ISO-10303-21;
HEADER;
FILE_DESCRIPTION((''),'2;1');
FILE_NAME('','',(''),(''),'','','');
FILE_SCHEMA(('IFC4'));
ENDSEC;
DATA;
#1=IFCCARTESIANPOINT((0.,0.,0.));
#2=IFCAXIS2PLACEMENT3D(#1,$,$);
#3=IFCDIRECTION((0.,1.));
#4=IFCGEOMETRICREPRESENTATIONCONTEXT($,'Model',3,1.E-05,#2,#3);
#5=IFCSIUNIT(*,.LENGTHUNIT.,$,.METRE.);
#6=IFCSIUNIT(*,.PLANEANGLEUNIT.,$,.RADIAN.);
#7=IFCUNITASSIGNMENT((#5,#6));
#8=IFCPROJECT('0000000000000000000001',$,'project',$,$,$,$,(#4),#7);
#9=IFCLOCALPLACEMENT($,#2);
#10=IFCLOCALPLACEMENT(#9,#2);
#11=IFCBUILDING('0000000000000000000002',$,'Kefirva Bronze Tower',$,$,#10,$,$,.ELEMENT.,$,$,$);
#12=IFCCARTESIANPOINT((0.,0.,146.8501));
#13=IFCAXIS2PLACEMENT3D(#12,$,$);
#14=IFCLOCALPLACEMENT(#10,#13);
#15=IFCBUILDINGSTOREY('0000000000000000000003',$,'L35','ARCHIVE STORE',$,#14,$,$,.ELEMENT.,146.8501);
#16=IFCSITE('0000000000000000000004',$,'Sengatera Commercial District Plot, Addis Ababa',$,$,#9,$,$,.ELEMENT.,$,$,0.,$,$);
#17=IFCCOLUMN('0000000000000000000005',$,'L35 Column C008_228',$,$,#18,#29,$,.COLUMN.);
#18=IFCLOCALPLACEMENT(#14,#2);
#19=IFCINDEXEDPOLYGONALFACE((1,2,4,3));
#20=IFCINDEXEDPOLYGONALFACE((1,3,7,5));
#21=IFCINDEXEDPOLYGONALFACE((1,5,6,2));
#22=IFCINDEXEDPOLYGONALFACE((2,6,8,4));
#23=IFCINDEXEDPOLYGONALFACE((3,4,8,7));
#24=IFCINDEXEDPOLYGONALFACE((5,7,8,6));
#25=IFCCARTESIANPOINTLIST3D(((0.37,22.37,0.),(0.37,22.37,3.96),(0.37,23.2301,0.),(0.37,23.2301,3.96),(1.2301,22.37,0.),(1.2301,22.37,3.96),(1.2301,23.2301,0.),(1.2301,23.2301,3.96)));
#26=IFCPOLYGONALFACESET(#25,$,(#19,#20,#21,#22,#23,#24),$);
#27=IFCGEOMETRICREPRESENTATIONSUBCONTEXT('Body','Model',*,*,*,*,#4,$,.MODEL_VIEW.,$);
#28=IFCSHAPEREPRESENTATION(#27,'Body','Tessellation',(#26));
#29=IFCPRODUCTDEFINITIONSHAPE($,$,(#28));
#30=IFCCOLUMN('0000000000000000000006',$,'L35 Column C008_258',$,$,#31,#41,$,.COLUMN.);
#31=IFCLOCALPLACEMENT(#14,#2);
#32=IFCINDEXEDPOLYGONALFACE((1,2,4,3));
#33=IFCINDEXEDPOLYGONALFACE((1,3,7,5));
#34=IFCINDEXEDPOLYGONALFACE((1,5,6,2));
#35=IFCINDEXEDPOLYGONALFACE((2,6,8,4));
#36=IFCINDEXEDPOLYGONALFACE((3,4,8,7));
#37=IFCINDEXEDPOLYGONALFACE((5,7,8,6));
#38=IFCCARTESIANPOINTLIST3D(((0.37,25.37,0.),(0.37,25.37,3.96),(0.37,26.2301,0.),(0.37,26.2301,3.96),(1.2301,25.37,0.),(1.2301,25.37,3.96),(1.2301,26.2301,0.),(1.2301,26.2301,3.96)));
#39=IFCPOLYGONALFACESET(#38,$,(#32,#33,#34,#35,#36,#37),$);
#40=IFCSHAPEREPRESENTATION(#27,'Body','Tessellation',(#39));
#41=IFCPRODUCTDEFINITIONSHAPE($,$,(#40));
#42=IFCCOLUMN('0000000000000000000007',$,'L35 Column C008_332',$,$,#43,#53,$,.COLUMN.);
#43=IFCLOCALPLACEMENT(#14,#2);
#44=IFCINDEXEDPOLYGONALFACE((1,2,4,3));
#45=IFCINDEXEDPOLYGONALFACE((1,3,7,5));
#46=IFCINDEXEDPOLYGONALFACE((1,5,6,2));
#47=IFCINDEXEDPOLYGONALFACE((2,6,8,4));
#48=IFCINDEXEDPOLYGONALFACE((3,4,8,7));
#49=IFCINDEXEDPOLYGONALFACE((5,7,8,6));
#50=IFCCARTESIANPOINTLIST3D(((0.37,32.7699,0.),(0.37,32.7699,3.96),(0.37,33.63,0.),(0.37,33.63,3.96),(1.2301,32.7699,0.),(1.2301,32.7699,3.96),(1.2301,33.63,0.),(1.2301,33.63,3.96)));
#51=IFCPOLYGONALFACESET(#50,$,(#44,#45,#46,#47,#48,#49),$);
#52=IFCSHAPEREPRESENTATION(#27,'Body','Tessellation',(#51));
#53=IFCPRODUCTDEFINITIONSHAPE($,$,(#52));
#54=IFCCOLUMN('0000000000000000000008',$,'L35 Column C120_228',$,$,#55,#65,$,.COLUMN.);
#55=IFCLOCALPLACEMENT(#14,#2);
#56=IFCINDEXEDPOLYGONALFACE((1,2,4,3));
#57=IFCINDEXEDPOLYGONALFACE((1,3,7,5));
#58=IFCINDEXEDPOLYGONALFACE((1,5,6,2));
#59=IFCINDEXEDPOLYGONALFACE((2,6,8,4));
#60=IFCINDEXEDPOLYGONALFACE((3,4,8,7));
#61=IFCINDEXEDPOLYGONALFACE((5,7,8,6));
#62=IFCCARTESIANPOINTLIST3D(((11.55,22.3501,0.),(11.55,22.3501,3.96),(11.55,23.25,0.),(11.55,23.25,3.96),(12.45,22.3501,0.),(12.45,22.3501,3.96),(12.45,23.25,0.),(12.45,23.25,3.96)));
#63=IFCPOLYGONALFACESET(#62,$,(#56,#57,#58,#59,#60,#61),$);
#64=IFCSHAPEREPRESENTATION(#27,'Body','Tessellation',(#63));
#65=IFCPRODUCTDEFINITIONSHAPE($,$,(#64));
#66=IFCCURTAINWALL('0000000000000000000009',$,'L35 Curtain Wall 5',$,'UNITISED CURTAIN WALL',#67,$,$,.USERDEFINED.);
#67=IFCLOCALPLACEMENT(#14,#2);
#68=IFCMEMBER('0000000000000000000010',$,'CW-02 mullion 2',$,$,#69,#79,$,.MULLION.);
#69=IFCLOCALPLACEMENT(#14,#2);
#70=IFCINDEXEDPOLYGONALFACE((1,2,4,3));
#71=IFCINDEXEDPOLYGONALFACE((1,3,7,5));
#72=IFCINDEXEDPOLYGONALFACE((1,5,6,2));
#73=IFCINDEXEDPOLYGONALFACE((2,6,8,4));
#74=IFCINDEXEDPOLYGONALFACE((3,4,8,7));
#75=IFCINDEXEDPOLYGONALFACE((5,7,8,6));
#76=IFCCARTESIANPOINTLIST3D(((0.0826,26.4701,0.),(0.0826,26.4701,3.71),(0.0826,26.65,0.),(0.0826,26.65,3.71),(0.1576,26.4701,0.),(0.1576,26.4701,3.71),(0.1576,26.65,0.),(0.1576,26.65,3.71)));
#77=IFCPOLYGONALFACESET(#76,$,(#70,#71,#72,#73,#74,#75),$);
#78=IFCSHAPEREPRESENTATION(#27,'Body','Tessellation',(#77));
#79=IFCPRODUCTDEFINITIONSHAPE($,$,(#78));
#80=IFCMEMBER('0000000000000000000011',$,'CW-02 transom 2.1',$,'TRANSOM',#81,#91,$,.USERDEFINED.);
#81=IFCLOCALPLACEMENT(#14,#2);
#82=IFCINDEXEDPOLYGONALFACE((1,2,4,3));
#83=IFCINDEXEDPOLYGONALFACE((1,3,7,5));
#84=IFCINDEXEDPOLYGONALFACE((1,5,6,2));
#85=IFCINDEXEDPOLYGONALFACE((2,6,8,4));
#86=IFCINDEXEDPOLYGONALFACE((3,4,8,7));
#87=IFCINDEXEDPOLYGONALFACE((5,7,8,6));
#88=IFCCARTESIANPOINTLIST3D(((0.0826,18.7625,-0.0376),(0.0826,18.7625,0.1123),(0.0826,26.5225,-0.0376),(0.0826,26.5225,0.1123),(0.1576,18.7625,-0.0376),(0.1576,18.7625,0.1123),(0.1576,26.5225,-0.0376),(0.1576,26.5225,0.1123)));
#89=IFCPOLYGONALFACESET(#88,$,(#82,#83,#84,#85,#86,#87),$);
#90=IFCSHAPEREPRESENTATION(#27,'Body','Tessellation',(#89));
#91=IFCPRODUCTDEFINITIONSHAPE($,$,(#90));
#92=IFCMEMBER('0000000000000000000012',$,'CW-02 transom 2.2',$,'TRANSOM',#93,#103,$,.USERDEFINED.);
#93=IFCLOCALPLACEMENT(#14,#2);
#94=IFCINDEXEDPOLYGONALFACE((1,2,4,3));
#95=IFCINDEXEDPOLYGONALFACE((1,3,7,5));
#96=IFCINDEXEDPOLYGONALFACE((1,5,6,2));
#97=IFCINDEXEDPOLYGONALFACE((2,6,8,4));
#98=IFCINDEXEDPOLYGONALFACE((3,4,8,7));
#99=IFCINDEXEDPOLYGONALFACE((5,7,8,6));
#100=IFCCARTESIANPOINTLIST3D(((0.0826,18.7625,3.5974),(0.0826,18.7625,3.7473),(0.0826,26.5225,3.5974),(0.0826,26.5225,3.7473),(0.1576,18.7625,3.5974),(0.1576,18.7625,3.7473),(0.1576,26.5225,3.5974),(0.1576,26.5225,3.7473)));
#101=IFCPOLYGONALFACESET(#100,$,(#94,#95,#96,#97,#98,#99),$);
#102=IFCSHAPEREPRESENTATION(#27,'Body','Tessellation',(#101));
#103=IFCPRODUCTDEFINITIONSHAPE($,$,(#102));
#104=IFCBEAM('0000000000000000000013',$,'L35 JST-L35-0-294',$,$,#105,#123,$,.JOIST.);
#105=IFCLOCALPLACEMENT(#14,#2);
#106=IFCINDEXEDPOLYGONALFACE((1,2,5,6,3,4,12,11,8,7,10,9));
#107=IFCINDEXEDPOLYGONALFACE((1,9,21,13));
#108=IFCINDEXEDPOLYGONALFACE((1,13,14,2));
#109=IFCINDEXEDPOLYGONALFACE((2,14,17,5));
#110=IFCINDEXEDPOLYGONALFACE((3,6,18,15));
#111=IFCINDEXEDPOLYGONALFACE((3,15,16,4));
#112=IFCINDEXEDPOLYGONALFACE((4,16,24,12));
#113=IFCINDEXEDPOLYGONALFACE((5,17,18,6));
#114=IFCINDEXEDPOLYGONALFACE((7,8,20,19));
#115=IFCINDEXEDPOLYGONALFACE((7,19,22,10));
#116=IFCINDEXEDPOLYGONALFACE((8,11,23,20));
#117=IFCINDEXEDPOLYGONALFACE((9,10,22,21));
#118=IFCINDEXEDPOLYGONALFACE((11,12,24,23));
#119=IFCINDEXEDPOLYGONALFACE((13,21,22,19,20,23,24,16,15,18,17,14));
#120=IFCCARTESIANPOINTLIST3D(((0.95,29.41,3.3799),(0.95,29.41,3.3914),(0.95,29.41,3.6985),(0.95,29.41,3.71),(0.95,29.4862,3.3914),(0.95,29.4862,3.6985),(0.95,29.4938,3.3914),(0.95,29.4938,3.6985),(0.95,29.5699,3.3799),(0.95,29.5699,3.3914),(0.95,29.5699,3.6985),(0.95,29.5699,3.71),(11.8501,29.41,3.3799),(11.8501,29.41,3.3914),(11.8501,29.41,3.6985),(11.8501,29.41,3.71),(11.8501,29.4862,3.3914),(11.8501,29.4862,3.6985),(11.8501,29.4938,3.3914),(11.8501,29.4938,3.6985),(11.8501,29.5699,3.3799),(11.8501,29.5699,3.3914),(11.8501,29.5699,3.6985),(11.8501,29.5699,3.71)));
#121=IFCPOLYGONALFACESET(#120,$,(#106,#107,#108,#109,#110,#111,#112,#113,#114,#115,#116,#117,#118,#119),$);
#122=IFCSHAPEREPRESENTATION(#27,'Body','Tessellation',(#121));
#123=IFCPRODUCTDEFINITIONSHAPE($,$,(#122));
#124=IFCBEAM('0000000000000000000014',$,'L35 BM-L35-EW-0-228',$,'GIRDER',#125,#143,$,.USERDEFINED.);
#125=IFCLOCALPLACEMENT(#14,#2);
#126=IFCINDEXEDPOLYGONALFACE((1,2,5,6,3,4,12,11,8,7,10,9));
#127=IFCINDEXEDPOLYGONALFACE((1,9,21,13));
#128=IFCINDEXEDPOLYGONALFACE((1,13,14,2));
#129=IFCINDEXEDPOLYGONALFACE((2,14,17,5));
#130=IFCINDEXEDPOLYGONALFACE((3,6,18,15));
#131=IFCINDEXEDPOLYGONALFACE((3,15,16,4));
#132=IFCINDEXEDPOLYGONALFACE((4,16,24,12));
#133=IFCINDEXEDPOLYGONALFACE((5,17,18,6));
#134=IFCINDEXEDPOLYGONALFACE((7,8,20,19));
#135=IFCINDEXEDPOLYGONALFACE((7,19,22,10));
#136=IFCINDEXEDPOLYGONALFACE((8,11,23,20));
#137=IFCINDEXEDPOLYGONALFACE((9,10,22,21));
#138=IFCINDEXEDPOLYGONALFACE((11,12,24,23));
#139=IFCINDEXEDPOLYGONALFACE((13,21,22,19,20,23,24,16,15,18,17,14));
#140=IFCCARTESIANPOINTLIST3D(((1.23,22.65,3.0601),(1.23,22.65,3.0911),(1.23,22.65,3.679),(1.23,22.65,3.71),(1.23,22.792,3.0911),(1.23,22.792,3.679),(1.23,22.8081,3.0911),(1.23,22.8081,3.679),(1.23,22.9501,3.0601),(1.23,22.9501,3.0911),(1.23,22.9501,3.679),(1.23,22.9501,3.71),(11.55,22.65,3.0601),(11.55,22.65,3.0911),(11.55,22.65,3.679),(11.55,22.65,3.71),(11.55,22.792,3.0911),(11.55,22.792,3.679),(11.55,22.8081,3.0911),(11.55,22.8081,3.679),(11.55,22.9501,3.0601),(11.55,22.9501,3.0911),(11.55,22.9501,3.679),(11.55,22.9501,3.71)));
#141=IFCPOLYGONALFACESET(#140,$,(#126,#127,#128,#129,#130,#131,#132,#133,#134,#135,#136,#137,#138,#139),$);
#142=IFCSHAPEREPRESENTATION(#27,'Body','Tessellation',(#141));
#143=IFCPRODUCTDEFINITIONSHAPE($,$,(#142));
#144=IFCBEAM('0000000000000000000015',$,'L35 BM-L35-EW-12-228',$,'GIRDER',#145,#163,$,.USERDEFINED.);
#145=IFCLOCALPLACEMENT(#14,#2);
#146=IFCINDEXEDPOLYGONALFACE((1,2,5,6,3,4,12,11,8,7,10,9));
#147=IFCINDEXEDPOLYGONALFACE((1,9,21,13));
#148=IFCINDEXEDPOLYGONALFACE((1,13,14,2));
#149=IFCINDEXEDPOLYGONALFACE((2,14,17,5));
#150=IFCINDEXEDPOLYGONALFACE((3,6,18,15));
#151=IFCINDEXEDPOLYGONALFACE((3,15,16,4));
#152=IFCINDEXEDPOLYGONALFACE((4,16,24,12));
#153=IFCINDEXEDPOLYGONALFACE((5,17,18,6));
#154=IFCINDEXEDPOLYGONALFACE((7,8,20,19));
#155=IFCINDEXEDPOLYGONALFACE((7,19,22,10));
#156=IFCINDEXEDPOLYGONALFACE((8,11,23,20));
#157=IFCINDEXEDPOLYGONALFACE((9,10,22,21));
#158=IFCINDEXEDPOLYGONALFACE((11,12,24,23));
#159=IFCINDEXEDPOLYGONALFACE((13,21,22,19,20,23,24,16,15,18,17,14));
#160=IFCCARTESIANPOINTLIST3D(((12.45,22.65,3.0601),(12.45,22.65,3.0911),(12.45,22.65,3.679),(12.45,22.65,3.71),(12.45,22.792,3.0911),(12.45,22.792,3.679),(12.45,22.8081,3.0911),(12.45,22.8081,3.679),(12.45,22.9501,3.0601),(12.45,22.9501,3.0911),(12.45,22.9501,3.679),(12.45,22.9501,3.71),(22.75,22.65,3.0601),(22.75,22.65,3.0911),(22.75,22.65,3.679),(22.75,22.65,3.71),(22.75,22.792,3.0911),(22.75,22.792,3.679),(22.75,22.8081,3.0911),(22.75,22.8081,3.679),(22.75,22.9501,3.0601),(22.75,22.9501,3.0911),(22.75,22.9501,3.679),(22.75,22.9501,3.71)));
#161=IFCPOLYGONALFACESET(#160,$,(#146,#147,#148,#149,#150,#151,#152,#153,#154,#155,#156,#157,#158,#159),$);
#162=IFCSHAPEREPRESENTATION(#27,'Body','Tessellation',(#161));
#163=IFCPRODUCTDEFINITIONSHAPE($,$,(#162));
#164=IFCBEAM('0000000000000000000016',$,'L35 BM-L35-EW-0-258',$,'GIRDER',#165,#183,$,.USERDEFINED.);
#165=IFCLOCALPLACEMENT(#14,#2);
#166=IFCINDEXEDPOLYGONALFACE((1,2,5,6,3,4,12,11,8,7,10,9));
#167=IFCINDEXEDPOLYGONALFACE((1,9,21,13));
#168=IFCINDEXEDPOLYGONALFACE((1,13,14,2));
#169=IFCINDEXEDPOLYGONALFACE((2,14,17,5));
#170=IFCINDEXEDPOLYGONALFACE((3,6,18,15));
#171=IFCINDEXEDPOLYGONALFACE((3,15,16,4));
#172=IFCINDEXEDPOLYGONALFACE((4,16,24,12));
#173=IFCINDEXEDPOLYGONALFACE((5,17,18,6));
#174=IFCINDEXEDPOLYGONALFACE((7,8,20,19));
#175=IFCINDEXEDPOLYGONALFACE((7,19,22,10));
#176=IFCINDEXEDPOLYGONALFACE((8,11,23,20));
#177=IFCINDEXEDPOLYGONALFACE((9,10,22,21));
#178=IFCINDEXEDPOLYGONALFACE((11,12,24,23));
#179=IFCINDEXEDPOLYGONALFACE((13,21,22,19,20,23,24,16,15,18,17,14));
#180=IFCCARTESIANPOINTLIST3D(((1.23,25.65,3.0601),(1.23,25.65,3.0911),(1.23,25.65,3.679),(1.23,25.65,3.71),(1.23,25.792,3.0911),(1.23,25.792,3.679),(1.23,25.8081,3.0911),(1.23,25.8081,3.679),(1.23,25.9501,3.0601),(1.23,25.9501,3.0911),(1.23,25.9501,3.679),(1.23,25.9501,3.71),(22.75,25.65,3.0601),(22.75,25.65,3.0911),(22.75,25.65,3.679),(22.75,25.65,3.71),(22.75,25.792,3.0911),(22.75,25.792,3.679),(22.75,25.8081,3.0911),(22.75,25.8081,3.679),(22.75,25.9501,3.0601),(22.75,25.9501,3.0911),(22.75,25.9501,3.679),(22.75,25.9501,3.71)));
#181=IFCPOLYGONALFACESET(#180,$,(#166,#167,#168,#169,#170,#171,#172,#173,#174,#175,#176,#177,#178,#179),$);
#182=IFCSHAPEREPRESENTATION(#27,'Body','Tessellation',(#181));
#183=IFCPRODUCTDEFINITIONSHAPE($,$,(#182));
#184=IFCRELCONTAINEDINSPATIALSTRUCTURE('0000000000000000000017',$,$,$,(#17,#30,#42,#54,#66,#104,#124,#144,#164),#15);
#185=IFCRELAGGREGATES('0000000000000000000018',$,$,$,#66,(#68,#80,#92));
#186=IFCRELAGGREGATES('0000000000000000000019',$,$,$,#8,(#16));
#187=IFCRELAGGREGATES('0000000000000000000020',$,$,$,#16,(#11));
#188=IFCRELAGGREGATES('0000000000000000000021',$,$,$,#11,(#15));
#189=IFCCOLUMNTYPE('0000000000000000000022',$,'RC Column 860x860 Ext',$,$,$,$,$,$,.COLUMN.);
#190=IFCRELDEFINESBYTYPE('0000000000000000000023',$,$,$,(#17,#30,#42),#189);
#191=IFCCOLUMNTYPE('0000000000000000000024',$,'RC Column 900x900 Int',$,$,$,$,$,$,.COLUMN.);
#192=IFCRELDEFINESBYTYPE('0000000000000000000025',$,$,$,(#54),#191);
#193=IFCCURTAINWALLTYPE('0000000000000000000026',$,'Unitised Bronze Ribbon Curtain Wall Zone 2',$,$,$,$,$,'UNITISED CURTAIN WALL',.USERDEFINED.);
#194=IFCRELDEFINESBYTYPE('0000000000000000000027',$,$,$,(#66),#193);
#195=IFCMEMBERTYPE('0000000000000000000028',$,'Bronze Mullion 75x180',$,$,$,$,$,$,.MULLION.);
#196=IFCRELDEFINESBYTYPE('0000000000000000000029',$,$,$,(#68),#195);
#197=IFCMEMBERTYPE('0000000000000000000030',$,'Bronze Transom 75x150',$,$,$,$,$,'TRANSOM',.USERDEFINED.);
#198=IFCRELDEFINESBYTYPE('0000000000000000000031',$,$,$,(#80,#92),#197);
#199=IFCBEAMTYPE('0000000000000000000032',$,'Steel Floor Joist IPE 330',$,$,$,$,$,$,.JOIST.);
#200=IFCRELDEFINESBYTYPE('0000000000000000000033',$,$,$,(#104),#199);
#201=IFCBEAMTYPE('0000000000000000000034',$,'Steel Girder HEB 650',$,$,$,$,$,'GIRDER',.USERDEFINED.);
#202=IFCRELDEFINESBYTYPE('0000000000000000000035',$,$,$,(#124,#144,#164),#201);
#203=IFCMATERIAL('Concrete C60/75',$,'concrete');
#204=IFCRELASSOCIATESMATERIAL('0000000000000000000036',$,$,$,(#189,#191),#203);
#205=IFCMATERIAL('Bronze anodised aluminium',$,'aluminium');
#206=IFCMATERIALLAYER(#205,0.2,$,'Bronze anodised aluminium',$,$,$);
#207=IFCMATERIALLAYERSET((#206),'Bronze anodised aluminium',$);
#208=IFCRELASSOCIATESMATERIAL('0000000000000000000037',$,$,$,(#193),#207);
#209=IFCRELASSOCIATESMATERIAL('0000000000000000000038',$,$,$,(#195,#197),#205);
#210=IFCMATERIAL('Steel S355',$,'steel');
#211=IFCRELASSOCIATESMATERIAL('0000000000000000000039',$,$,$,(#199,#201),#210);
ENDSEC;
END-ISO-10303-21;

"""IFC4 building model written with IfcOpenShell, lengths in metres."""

from ifc_helpers import new_model, si_unit, direction, frame, origin, origin_2d, place, context, subcontext, project, spatial, rectangle, i_section, extrude, material, layer, layer_set, material_profile, profile_set, type_object, element, aggregate, save


model = new_model("IFC4")

# Units and contexts
model_context = context("Model", 3, precision=1e-05, world=origin(), true_north=direction((0.0, 1.0)))
body_context = subcontext(model_context, "Body", "Model", "MODEL_VIEW")
ifc_project = project(units=[si_unit("LENGTHUNIT", "METRE"), si_unit("PLANEANGLEUNIT", "RADIAN")], contexts=[model_context])

# Site, building, storey
site_placement = place(None, origin())
site = spatial("IfcSite", under=ifc_project, at=site_placement, Name="Sengatera Commercial District Plot, Addis Ababa", CompositionType="ELEMENT", RefElevation=0.0)
building_placement = place(site_placement, origin())
building = spatial("IfcBuilding", under=site, at=building_placement, Name="Kefirva Bronze Tower", CompositionType="ELEMENT")
storey_placement = place(building_placement, frame((0.0, 0.0, 146.8501)))
storey = spatial("IfcBuildingStorey", under=building, at=storey_placement, Name="L35", Description="ARCHIVE STORE", CompositionType="ELEMENT", Elevation=146.8501)

# Columns
ifc_material_1 = material(Name="Concrete C60/75", Category="concrete")
ifc_material_profile_1 = material_profile(ifc_material_1, rectangle(XDim=0.8601, YDim=0.8601, at=origin_2d()), Name="RC 860x860")
ifc_profile_set_1 = profile_set([ifc_material_profile_1], Name="Concrete C60/75")
column_type_1 = type_object("IfcColumnType", Name="RC Column 860x860 Ext", PredefinedType="COLUMN", material=ifc_profile_set_1)
for number, where, z_axis, x_axis, name in (
    (1, (0.8, 22.8, 0.0), (0.0, 0.0, 1.0), (1.0, 0.0, 0.0), "L35 Column C008_228"),
    (2, (0.8, 25.8, 0.0), (0.0, 0.0, 1.0), (1.0, 0.0, 0.0), "L35 Column C008_258"),
    (3, (0.8, 33.2, 0.0), (0.0, 0.0, 1.0), (1.0, 0.0, 0.0), "L35 Column C008_332"),
):
    element("IfcColumn", number, at=place(storey_placement, frame(where, z_axis=z_axis, x_axis=x_axis)), inside=storey, type_object=column_type_1, Name=name, PredefinedType="COLUMN", context=body_context, shape_type="SweptSolid", body=[
        extrude(rectangle(XDim=0.8601, YDim=0.8601, at=origin_2d()), origin(), (0.0, 0.0, 1.0), 3.96),
    ])
ifc_material_profile_2 = material_profile(ifc_material_1, rectangle(XDim=0.8999, YDim=0.8999, at=origin_2d()), Name="RC 900x900")
ifc_profile_set_2 = profile_set([ifc_material_profile_2], Name="Concrete C60/75")
column_type_2 = type_object("IfcColumnType", Name="RC Column 900x900 Int", PredefinedType="COLUMN", material=ifc_profile_set_2)
column_placement = place(storey_placement, frame((12.0, 22.8, 0.0), z_axis=(0.0, 0.0, 1.0), x_axis=(1.0, 0.0, 0.0)))
element("IfcColumn", 4, at=column_placement, inside=storey, type_object=column_type_2, Name="L35 Column C120_228", PredefinedType="COLUMN", context=body_context, shape_type="SweptSolid", body=[
    extrude(rectangle(XDim=0.8999, YDim=0.8999, at=origin_2d()), origin(), (0.0, 0.0, 1.0), 3.96),
])

# Curtain wall, members
ifc_material_2 = material(Name="Bronze anodised aluminium", Category="aluminium")
ifc_layer_1 = layer(ifc_material_2, 0.2, Name="Bronze anodised aluminium")
ifc_layer_set_1 = layer_set([ifc_layer_1], Name="Bronze anodised aluminium")
curtain_wall_type = type_object("IfcCurtainWallType", Name="Unitised Bronze Ribbon Curtain Wall Zone 2", ElementType="UNITISED CURTAIN WALL", PredefinedType="USERDEFINED", material=ifc_layer_set_1)
curtain_wall_placement = place(storey_placement, origin())
curtain_wall = element("IfcCurtainWall", 5, at=curtain_wall_placement, inside=storey, type_object=curtain_wall_type, Name="L35 Curtain Wall 5", ObjectType="UNITISED CURTAIN WALL", PredefinedType="USERDEFINED")
ifc_material_profile_3 = material_profile(ifc_material_2, rectangle(XDim=0.075, YDim=0.1799, at=origin_2d()), Name="ALU 75x180")
ifc_profile_set_3 = profile_set([ifc_material_profile_3], Name="Bronze anodised aluminium")
member_type_1 = type_object("IfcMemberType", Name="Bronze Mullion 75x180", PredefinedType="MULLION", material=ifc_profile_set_3)
member_1_placement = place(storey_placement, frame((0.1201, 26.5601, 0.0), z_axis=(0.0, 0.0, 1.0), x_axis=(1.0, 0.0, 0.0)))
member_1 = element("IfcMember", 6, at=member_1_placement, type_object=member_type_1, Name="CW-02 mullion 2", PredefinedType="MULLION", context=body_context, shape_type="SweptSolid", body=[
    extrude(rectangle(XDim=0.075, YDim=0.1799, at=origin_2d()), origin(), (0.0, 0.0, 1.0), 3.71),
])
ifc_material_profile_4 = material_profile(ifc_material_2, rectangle(XDim=0.075, YDim=0.1499, at=origin_2d()), Name="ALU 75x150")
ifc_profile_set_4 = profile_set([ifc_material_profile_4], Name="Bronze anodised aluminium")
member_type_2 = type_object("IfcMemberType", Name="Bronze Transom 75x150", ElementType="TRANSOM", PredefinedType="USERDEFINED", material=ifc_profile_set_4)
member_2_placement = place(storey_placement, frame((0.1201, 26.5225, 0.0374), z_axis=(0.0, -1.0, 0.0), x_axis=(1.0, 0.0, 0.0)))
member_2 = element("IfcMember", 7, at=member_2_placement, type_object=member_type_2, Name="CW-02 transom 2.1", ObjectType="TRANSOM", PredefinedType="USERDEFINED", context=body_context, shape_type="SweptSolid", body=[
    extrude(rectangle(XDim=0.075, YDim=0.1499, at=origin_2d()), origin(), (0.0, 0.0, 1.0), 7.76),
])
member_3_placement = place(storey_placement, frame((0.1201, 26.5225, 3.6724), z_axis=(0.0, -1.0, 0.0), x_axis=(1.0, 0.0, 0.0)))
member_3 = element("IfcMember", 8, at=member_3_placement, type_object=member_type_2, Name="CW-02 transom 2.2", ObjectType="TRANSOM", PredefinedType="USERDEFINED", context=body_context, shape_type="SweptSolid", body=[
    extrude(rectangle(XDim=0.075, YDim=0.1499, at=origin_2d()), origin(), (0.0, 0.0, 1.0), 7.76),
])

# Beams
ifc_material_3 = material(Name="Steel S355", Category="steel")
ifc_material_profile_5 = material_profile(ifc_material_3, i_section(OverallWidth=0.1599, OverallDepth=0.3301, WebThickness=0.0076, FlangeThickness=0.0115, at=origin_2d()), Name="IPE 330")
ifc_profile_set_5 = profile_set([ifc_material_profile_5], Name="Steel S355")
beam_type_1 = type_object("IfcBeamType", Name="Steel Floor Joist IPE 330", PredefinedType="JOIST", material=ifc_profile_set_5)
beam_1_placement = place(storey_placement, frame((0.95, 29.49, 3.5449), z_axis=(1.0, 0.0, 0.0), x_axis=(0.0, 1.0, 0.0)))
element("IfcBeam", 9, at=beam_1_placement, inside=storey, type_object=beam_type_1, Name="L35 JST-L35-0-294", PredefinedType="JOIST", context=body_context, shape_type="SweptSolid", body=[
    extrude(i_section(OverallWidth=0.1599, OverallDepth=0.3301, WebThickness=0.0076, FlangeThickness=0.0115, at=origin_2d()), origin(), (0.0, 0.0, 1.0), 10.9001),
])
ifc_material_profile_6 = material_profile(ifc_material_3, i_section(OverallWidth=0.3, OverallDepth=0.6499, WebThickness=0.0161, FlangeThickness=0.031, at=origin_2d()), Name="HEB 650")
ifc_profile_set_6 = profile_set([ifc_material_profile_6], Name="Steel S355")
beam_type_2 = type_object("IfcBeamType", Name="Steel Girder HEB 650", ElementType="GIRDER", PredefinedType="USERDEFINED", material=ifc_profile_set_6)
beam_2_placement = place(storey_placement, frame((1.23, 22.8, 3.385), z_axis=(1.0, 0.0, 0.0), x_axis=(0.0, 1.0, 0.0)))
element("IfcBeam", 10, at=beam_2_placement, inside=storey, type_object=beam_type_2, Name="L35 BM-L35-EW-0-228", ObjectType="GIRDER", PredefinedType="USERDEFINED", context=body_context, shape_type="SweptSolid", body=[
    extrude(i_section(OverallWidth=0.3, OverallDepth=0.6499, WebThickness=0.0161, FlangeThickness=0.031, at=origin_2d()), origin(), (0.0, 0.0, 1.0), 10.3201),
])
beam_3_placement = place(storey_placement, frame((12.45, 22.8, 3.385), z_axis=(1.0, 0.0, 0.0), x_axis=(0.0, 1.0, 0.0)))
element("IfcBeam", 11, at=beam_3_placement, inside=storey, type_object=beam_type_2, Name="L35 BM-L35-EW-12-228", ObjectType="GIRDER", PredefinedType="USERDEFINED", context=body_context, shape_type="SweptSolid", body=[
    extrude(i_section(OverallWidth=0.3, OverallDepth=0.6499, WebThickness=0.0161, FlangeThickness=0.031, at=origin_2d()), origin(), (0.0, 0.0, 1.0), 10.3),
])
beam_4_placement = place(storey_placement, frame((1.23, 25.8, 3.385), z_axis=(1.0, 0.0, 0.0), x_axis=(0.0, 1.0, 0.0)))
element("IfcBeam", 12, at=beam_4_placement, inside=storey, type_object=beam_type_2, Name="L35 BM-L35-EW-0-258", ObjectType="GIRDER", PredefinedType="USERDEFINED", context=body_context, shape_type="SweptSolid", body=[
    extrude(i_section(OverallWidth=0.3, OverallDepth=0.6499, WebThickness=0.0161, FlangeThickness=0.031, at=origin_2d()), origin(), (0.0, 0.0, 1.0), 21.52),
])

aggregate(curtain_wall, [member_1, member_2, member_3])

save(model, "model.ifc")
